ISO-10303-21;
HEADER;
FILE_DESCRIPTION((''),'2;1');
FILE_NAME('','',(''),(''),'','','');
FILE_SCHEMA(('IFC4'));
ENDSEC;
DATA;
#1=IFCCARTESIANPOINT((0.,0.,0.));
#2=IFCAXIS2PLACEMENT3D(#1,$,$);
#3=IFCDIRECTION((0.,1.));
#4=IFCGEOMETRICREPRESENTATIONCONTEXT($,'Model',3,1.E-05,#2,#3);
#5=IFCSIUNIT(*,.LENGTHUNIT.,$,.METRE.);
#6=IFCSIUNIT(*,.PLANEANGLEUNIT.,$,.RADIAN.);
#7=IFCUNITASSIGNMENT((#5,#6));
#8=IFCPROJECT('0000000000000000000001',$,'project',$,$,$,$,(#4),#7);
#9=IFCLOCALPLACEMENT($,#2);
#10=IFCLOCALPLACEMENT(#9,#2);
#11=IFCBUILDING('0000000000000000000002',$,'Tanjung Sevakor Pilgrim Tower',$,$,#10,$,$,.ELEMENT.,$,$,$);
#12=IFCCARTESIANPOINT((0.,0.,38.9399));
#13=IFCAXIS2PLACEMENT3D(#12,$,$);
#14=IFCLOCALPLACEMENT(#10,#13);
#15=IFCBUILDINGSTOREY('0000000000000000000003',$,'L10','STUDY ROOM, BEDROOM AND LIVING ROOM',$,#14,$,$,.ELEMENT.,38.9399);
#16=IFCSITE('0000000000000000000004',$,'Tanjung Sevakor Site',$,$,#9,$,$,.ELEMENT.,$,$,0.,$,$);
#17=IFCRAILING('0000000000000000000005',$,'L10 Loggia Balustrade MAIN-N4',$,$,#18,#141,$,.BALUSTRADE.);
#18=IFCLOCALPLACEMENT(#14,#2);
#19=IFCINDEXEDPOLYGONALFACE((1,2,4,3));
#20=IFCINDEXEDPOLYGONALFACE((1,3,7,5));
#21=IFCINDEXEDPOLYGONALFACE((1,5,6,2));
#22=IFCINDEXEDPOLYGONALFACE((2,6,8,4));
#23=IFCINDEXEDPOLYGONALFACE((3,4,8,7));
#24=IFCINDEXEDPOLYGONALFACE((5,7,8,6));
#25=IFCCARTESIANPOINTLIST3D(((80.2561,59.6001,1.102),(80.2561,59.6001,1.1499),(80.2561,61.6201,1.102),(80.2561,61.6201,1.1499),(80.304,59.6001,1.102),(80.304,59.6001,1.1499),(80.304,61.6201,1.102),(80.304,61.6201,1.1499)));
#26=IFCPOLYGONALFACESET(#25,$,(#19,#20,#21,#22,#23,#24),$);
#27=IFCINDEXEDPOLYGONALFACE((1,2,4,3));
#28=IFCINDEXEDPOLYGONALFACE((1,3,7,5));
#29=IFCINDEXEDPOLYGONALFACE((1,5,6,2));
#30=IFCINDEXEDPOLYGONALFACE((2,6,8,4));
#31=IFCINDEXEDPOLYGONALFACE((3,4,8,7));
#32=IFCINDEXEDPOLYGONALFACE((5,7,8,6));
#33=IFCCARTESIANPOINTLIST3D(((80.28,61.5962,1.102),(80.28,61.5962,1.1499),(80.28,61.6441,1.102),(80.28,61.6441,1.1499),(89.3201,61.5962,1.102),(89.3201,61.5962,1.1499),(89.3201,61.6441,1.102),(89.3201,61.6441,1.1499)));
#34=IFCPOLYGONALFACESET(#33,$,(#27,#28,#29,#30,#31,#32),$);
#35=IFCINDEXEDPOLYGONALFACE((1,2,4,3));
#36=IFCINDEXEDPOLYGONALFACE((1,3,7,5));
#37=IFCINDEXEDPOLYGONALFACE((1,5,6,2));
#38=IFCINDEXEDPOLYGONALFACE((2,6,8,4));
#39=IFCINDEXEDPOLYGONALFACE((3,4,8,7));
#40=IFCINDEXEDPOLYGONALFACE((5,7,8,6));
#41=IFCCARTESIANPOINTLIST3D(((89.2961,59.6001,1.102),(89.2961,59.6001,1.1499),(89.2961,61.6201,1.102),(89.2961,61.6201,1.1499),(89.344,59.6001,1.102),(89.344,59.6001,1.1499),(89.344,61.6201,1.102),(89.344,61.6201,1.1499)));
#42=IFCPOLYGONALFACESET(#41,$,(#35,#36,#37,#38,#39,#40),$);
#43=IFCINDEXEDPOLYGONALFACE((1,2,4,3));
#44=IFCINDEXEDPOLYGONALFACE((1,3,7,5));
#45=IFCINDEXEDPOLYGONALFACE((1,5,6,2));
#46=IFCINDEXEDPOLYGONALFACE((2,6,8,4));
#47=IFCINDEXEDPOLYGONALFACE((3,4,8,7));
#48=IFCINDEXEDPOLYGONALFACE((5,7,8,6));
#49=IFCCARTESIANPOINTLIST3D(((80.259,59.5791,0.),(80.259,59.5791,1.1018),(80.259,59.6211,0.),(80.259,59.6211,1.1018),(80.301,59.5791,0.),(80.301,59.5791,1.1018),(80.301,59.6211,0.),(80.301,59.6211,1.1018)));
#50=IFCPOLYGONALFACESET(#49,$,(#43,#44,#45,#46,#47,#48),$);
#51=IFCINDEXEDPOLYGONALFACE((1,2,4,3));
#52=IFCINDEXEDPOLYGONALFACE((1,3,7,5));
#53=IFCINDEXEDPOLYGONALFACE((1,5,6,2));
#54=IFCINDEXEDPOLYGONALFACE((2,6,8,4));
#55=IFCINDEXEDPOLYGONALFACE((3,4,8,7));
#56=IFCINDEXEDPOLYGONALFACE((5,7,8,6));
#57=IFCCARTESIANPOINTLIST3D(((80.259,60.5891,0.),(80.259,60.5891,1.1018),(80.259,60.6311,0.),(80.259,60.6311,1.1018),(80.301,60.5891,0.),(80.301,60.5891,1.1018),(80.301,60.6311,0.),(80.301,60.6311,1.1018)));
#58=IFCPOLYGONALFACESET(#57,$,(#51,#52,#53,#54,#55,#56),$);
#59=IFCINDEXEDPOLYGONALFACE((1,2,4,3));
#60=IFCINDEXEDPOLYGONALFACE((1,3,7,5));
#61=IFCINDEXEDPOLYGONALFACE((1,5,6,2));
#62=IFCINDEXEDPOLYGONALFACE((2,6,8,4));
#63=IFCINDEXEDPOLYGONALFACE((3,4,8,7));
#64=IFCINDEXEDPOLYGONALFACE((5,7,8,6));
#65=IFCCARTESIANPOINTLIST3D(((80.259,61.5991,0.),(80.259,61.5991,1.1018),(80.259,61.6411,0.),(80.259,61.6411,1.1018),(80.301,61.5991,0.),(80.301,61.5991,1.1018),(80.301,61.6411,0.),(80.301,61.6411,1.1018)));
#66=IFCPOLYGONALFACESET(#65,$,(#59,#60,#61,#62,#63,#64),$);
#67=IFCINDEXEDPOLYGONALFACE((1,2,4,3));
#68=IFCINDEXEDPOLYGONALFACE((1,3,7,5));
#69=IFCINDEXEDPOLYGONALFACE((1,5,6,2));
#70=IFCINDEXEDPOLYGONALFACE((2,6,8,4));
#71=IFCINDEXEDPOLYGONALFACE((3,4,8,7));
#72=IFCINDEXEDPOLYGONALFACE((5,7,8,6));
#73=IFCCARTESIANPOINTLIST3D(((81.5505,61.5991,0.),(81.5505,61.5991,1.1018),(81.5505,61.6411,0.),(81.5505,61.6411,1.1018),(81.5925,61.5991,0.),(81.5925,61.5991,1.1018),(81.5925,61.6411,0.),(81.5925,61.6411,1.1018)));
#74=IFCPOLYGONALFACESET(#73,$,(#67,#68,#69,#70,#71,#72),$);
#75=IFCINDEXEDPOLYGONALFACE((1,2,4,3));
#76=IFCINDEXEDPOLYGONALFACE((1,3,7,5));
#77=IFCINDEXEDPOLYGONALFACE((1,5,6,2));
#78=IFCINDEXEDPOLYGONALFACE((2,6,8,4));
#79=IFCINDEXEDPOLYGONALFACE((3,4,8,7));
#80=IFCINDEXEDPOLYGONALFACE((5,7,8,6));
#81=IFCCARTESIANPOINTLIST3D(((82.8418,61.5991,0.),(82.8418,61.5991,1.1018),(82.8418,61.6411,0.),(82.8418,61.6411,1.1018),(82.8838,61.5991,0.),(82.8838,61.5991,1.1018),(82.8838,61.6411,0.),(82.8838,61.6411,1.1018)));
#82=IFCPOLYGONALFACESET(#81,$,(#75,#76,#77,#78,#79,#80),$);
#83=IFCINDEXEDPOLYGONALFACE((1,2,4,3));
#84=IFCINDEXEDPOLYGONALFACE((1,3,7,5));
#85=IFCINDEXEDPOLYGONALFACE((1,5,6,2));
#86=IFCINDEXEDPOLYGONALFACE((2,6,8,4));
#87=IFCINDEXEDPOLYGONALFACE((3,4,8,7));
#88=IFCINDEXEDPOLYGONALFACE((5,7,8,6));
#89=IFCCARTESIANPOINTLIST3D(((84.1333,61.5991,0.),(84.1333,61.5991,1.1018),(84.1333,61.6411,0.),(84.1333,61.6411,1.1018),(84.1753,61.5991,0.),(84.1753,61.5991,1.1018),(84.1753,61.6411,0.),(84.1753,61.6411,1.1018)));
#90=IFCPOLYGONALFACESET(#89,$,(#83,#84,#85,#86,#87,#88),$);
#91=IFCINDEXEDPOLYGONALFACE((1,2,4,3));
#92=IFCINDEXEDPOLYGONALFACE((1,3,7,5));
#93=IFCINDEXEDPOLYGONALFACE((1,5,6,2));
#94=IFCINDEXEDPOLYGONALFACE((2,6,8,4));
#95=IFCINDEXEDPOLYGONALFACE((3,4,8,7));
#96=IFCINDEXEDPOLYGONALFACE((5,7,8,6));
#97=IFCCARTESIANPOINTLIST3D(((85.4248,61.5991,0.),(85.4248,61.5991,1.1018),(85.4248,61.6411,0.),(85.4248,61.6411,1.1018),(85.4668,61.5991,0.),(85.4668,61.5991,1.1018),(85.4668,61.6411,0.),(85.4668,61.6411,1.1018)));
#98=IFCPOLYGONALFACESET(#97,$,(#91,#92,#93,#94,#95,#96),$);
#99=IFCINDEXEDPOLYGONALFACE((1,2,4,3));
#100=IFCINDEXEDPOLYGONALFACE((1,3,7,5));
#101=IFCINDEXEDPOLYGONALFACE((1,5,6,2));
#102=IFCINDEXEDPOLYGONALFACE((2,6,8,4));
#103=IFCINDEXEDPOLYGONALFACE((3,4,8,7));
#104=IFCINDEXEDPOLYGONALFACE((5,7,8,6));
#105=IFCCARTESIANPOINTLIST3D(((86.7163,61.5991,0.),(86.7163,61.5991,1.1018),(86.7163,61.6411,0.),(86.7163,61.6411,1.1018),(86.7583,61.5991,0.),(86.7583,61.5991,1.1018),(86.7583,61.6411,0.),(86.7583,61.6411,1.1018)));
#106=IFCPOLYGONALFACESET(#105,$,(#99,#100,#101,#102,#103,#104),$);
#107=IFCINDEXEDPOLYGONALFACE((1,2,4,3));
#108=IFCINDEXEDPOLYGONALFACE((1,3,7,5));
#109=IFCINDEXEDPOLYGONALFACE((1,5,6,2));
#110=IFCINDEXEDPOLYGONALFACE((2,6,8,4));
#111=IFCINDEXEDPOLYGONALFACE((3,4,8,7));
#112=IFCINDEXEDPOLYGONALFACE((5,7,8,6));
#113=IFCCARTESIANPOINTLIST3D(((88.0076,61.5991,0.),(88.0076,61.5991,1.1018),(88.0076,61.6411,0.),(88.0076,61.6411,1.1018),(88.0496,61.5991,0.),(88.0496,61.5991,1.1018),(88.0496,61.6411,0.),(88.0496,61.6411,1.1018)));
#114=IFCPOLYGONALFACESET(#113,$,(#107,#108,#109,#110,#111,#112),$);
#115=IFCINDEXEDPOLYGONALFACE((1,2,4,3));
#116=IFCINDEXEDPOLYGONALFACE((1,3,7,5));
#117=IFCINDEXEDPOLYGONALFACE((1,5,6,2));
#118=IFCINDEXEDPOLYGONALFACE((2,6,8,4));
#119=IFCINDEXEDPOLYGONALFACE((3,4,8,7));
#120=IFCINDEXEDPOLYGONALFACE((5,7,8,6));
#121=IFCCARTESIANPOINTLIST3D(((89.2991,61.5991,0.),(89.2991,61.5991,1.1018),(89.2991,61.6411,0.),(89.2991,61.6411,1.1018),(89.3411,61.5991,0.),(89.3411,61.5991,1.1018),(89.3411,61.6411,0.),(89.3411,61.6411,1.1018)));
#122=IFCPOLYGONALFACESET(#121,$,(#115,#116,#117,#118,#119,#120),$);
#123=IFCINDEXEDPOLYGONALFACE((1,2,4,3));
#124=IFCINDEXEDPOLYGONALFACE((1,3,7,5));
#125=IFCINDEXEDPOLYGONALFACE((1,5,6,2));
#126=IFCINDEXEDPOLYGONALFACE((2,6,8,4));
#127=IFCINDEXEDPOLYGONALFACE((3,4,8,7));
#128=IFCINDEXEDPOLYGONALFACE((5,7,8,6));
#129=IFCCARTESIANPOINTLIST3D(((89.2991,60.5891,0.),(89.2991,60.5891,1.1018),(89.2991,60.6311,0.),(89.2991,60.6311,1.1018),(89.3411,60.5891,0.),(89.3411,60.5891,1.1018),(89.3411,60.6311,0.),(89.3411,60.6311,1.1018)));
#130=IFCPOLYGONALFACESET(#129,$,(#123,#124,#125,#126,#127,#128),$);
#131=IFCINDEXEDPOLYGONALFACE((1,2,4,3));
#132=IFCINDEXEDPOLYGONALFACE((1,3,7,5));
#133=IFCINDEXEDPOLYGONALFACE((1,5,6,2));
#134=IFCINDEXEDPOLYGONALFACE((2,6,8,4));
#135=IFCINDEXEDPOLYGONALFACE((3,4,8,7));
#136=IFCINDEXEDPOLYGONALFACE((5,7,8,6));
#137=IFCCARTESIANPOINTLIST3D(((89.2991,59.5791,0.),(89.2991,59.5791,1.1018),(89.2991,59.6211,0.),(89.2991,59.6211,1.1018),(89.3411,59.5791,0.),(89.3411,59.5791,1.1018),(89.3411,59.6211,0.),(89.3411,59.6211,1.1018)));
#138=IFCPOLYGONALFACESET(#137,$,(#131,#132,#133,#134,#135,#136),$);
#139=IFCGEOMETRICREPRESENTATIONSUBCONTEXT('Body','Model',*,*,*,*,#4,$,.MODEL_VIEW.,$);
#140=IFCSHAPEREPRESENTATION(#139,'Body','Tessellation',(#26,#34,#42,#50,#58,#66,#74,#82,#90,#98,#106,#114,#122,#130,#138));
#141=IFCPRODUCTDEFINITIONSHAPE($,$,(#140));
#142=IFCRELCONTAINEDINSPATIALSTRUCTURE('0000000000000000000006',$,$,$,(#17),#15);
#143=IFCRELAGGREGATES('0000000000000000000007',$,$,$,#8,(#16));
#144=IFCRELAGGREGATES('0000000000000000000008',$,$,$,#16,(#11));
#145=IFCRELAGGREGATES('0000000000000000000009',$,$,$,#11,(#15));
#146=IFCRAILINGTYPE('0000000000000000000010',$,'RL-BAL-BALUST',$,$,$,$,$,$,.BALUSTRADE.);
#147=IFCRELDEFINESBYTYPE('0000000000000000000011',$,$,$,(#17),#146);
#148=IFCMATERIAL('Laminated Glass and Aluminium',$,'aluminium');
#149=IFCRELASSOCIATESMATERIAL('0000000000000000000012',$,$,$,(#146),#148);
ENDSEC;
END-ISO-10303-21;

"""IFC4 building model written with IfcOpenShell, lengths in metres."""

from ifc_helpers import new_model, si_unit, direction, frame, origin, place, context, subcontext, project, spatial, rectangle, extrude, material, type_object, element, save


model = new_model("IFC4")

# Units and contexts
model_context = context("Model", 3, precision=1e-05, world=origin(), true_north=direction((0.0, 1.0)))
body_context = subcontext(model_context, "Body", "Model", "MODEL_VIEW")
ifc_project = project(units=[si_unit("LENGTHUNIT", "METRE"), si_unit("PLANEANGLEUNIT", "RADIAN")], contexts=[model_context])

# Site, building, storey
site_placement = place(None, origin())
site = spatial("IfcSite", under=ifc_project, at=site_placement, Name="Tanjung Sevakor Site", CompositionType="ELEMENT", RefElevation=0.0)
building_placement = place(site_placement, origin())
building = spatial("IfcBuilding", under=site, at=building_placement, Name="Tanjung Sevakor Pilgrim Tower", CompositionType="ELEMENT")
storey_placement = place(building_placement, frame((0.0, 0.0, 38.9399)))
storey = spatial("IfcBuildingStorey", under=building, at=storey_placement, Name="L10", Description="STUDY ROOM, BEDROOM AND LIVING ROOM", CompositionType="ELEMENT", Elevation=38.9399)

# Railing
ifc_material_1 = material(Name="Laminated Glass and Aluminium", Category="aluminium")
railing_type = type_object("IfcRailingType", Name="RL-BAL-BALUST", PredefinedType="BALUSTRADE", material=ifc_material_1)
railing_1_placement = place(storey_placement, frame((80.28, 59.6001, 0.0)))
element("IfcRailing", 1, at=railing_1_placement, inside=storey, type_object=railing_type, Name="L10 Loggia Balustrade MAIN-N4", PredefinedType="BALUSTRADE", context=body_context, shape_type="SweptSolid", body=[
    extrude(rectangle(XDim=0.0479, YDim=0.0479), frame((0.0, 0.0, 1.126), z_axis=(0.0, 1.0, 0.0), x_axis=(-1.0, 0.0, 0.0)), (0.0, 0.0, 1.0), 2.02),
    extrude(rectangle(XDim=0.0479, YDim=0.0479), frame((0.0, 2.02, 1.126), z_axis=(1.0, 0.0, 0.0), x_axis=(0.0, 1.0, 0.0)), (0.0, 0.0, 1.0), 9.04),
    extrude(rectangle(XDim=0.0479, YDim=0.0479), frame((9.04, 2.02, 1.126), z_axis=(0.0, -1.0, 0.0), x_axis=(1.0, 0.0, 0.0)), (0.0, 0.0, 1.0), 2.02),
    extrude(rectangle(XDim=0.042, YDim=0.042), origin(), (0.0, 0.0, 1.0), 1.1018),
    extrude(rectangle(XDim=0.042, YDim=0.042), frame((0.0, 1.01, 0.0)), (0.0, 0.0, 1.0), 1.1018),
    extrude(rectangle(XDim=0.042, YDim=0.042), frame((0.0, 2.02, 0.0)), (0.0, 0.0, 1.0), 1.1018),
    extrude(rectangle(XDim=0.042, YDim=0.042), frame((1.2915, 2.02, 0.0)), (0.0, 0.0, 1.0), 1.1018),
    extrude(rectangle(XDim=0.042, YDim=0.042), frame((2.5828, 2.02, 0.0)), (0.0, 0.0, 1.0), 1.1018),
    extrude(rectangle(XDim=0.042, YDim=0.042), frame((3.8743, 2.02, 0.0)), (0.0, 0.0, 1.0), 1.1018),
    extrude(rectangle(XDim=0.042, YDim=0.042), frame((5.1658, 2.02, 0.0)), (0.0, 0.0, 1.0), 1.1018),
    extrude(rectangle(XDim=0.042, YDim=0.042), frame((6.4573, 2.02, 0.0)), (0.0, 0.0, 1.0), 1.1018),
    extrude(rectangle(XDim=0.042, YDim=0.042), frame((7.7485, 2.02, 0.0)), (0.0, 0.0, 1.0), 1.1018),
    extrude(rectangle(XDim=0.042, YDim=0.042), frame((9.04, 2.02, 0.0)), (0.0, 0.0, 1.0), 1.1018),
    extrude(rectangle(XDim=0.042, YDim=0.042), frame((9.04, 1.01, 0.0)), (0.0, 0.0, 1.0), 1.1018),
    extrude(rectangle(XDim=0.042, YDim=0.042), frame((9.04, 0.0, 0.0)), (0.0, 0.0, 1.0), 1.1018),
])

save(model, "model.ifc")
